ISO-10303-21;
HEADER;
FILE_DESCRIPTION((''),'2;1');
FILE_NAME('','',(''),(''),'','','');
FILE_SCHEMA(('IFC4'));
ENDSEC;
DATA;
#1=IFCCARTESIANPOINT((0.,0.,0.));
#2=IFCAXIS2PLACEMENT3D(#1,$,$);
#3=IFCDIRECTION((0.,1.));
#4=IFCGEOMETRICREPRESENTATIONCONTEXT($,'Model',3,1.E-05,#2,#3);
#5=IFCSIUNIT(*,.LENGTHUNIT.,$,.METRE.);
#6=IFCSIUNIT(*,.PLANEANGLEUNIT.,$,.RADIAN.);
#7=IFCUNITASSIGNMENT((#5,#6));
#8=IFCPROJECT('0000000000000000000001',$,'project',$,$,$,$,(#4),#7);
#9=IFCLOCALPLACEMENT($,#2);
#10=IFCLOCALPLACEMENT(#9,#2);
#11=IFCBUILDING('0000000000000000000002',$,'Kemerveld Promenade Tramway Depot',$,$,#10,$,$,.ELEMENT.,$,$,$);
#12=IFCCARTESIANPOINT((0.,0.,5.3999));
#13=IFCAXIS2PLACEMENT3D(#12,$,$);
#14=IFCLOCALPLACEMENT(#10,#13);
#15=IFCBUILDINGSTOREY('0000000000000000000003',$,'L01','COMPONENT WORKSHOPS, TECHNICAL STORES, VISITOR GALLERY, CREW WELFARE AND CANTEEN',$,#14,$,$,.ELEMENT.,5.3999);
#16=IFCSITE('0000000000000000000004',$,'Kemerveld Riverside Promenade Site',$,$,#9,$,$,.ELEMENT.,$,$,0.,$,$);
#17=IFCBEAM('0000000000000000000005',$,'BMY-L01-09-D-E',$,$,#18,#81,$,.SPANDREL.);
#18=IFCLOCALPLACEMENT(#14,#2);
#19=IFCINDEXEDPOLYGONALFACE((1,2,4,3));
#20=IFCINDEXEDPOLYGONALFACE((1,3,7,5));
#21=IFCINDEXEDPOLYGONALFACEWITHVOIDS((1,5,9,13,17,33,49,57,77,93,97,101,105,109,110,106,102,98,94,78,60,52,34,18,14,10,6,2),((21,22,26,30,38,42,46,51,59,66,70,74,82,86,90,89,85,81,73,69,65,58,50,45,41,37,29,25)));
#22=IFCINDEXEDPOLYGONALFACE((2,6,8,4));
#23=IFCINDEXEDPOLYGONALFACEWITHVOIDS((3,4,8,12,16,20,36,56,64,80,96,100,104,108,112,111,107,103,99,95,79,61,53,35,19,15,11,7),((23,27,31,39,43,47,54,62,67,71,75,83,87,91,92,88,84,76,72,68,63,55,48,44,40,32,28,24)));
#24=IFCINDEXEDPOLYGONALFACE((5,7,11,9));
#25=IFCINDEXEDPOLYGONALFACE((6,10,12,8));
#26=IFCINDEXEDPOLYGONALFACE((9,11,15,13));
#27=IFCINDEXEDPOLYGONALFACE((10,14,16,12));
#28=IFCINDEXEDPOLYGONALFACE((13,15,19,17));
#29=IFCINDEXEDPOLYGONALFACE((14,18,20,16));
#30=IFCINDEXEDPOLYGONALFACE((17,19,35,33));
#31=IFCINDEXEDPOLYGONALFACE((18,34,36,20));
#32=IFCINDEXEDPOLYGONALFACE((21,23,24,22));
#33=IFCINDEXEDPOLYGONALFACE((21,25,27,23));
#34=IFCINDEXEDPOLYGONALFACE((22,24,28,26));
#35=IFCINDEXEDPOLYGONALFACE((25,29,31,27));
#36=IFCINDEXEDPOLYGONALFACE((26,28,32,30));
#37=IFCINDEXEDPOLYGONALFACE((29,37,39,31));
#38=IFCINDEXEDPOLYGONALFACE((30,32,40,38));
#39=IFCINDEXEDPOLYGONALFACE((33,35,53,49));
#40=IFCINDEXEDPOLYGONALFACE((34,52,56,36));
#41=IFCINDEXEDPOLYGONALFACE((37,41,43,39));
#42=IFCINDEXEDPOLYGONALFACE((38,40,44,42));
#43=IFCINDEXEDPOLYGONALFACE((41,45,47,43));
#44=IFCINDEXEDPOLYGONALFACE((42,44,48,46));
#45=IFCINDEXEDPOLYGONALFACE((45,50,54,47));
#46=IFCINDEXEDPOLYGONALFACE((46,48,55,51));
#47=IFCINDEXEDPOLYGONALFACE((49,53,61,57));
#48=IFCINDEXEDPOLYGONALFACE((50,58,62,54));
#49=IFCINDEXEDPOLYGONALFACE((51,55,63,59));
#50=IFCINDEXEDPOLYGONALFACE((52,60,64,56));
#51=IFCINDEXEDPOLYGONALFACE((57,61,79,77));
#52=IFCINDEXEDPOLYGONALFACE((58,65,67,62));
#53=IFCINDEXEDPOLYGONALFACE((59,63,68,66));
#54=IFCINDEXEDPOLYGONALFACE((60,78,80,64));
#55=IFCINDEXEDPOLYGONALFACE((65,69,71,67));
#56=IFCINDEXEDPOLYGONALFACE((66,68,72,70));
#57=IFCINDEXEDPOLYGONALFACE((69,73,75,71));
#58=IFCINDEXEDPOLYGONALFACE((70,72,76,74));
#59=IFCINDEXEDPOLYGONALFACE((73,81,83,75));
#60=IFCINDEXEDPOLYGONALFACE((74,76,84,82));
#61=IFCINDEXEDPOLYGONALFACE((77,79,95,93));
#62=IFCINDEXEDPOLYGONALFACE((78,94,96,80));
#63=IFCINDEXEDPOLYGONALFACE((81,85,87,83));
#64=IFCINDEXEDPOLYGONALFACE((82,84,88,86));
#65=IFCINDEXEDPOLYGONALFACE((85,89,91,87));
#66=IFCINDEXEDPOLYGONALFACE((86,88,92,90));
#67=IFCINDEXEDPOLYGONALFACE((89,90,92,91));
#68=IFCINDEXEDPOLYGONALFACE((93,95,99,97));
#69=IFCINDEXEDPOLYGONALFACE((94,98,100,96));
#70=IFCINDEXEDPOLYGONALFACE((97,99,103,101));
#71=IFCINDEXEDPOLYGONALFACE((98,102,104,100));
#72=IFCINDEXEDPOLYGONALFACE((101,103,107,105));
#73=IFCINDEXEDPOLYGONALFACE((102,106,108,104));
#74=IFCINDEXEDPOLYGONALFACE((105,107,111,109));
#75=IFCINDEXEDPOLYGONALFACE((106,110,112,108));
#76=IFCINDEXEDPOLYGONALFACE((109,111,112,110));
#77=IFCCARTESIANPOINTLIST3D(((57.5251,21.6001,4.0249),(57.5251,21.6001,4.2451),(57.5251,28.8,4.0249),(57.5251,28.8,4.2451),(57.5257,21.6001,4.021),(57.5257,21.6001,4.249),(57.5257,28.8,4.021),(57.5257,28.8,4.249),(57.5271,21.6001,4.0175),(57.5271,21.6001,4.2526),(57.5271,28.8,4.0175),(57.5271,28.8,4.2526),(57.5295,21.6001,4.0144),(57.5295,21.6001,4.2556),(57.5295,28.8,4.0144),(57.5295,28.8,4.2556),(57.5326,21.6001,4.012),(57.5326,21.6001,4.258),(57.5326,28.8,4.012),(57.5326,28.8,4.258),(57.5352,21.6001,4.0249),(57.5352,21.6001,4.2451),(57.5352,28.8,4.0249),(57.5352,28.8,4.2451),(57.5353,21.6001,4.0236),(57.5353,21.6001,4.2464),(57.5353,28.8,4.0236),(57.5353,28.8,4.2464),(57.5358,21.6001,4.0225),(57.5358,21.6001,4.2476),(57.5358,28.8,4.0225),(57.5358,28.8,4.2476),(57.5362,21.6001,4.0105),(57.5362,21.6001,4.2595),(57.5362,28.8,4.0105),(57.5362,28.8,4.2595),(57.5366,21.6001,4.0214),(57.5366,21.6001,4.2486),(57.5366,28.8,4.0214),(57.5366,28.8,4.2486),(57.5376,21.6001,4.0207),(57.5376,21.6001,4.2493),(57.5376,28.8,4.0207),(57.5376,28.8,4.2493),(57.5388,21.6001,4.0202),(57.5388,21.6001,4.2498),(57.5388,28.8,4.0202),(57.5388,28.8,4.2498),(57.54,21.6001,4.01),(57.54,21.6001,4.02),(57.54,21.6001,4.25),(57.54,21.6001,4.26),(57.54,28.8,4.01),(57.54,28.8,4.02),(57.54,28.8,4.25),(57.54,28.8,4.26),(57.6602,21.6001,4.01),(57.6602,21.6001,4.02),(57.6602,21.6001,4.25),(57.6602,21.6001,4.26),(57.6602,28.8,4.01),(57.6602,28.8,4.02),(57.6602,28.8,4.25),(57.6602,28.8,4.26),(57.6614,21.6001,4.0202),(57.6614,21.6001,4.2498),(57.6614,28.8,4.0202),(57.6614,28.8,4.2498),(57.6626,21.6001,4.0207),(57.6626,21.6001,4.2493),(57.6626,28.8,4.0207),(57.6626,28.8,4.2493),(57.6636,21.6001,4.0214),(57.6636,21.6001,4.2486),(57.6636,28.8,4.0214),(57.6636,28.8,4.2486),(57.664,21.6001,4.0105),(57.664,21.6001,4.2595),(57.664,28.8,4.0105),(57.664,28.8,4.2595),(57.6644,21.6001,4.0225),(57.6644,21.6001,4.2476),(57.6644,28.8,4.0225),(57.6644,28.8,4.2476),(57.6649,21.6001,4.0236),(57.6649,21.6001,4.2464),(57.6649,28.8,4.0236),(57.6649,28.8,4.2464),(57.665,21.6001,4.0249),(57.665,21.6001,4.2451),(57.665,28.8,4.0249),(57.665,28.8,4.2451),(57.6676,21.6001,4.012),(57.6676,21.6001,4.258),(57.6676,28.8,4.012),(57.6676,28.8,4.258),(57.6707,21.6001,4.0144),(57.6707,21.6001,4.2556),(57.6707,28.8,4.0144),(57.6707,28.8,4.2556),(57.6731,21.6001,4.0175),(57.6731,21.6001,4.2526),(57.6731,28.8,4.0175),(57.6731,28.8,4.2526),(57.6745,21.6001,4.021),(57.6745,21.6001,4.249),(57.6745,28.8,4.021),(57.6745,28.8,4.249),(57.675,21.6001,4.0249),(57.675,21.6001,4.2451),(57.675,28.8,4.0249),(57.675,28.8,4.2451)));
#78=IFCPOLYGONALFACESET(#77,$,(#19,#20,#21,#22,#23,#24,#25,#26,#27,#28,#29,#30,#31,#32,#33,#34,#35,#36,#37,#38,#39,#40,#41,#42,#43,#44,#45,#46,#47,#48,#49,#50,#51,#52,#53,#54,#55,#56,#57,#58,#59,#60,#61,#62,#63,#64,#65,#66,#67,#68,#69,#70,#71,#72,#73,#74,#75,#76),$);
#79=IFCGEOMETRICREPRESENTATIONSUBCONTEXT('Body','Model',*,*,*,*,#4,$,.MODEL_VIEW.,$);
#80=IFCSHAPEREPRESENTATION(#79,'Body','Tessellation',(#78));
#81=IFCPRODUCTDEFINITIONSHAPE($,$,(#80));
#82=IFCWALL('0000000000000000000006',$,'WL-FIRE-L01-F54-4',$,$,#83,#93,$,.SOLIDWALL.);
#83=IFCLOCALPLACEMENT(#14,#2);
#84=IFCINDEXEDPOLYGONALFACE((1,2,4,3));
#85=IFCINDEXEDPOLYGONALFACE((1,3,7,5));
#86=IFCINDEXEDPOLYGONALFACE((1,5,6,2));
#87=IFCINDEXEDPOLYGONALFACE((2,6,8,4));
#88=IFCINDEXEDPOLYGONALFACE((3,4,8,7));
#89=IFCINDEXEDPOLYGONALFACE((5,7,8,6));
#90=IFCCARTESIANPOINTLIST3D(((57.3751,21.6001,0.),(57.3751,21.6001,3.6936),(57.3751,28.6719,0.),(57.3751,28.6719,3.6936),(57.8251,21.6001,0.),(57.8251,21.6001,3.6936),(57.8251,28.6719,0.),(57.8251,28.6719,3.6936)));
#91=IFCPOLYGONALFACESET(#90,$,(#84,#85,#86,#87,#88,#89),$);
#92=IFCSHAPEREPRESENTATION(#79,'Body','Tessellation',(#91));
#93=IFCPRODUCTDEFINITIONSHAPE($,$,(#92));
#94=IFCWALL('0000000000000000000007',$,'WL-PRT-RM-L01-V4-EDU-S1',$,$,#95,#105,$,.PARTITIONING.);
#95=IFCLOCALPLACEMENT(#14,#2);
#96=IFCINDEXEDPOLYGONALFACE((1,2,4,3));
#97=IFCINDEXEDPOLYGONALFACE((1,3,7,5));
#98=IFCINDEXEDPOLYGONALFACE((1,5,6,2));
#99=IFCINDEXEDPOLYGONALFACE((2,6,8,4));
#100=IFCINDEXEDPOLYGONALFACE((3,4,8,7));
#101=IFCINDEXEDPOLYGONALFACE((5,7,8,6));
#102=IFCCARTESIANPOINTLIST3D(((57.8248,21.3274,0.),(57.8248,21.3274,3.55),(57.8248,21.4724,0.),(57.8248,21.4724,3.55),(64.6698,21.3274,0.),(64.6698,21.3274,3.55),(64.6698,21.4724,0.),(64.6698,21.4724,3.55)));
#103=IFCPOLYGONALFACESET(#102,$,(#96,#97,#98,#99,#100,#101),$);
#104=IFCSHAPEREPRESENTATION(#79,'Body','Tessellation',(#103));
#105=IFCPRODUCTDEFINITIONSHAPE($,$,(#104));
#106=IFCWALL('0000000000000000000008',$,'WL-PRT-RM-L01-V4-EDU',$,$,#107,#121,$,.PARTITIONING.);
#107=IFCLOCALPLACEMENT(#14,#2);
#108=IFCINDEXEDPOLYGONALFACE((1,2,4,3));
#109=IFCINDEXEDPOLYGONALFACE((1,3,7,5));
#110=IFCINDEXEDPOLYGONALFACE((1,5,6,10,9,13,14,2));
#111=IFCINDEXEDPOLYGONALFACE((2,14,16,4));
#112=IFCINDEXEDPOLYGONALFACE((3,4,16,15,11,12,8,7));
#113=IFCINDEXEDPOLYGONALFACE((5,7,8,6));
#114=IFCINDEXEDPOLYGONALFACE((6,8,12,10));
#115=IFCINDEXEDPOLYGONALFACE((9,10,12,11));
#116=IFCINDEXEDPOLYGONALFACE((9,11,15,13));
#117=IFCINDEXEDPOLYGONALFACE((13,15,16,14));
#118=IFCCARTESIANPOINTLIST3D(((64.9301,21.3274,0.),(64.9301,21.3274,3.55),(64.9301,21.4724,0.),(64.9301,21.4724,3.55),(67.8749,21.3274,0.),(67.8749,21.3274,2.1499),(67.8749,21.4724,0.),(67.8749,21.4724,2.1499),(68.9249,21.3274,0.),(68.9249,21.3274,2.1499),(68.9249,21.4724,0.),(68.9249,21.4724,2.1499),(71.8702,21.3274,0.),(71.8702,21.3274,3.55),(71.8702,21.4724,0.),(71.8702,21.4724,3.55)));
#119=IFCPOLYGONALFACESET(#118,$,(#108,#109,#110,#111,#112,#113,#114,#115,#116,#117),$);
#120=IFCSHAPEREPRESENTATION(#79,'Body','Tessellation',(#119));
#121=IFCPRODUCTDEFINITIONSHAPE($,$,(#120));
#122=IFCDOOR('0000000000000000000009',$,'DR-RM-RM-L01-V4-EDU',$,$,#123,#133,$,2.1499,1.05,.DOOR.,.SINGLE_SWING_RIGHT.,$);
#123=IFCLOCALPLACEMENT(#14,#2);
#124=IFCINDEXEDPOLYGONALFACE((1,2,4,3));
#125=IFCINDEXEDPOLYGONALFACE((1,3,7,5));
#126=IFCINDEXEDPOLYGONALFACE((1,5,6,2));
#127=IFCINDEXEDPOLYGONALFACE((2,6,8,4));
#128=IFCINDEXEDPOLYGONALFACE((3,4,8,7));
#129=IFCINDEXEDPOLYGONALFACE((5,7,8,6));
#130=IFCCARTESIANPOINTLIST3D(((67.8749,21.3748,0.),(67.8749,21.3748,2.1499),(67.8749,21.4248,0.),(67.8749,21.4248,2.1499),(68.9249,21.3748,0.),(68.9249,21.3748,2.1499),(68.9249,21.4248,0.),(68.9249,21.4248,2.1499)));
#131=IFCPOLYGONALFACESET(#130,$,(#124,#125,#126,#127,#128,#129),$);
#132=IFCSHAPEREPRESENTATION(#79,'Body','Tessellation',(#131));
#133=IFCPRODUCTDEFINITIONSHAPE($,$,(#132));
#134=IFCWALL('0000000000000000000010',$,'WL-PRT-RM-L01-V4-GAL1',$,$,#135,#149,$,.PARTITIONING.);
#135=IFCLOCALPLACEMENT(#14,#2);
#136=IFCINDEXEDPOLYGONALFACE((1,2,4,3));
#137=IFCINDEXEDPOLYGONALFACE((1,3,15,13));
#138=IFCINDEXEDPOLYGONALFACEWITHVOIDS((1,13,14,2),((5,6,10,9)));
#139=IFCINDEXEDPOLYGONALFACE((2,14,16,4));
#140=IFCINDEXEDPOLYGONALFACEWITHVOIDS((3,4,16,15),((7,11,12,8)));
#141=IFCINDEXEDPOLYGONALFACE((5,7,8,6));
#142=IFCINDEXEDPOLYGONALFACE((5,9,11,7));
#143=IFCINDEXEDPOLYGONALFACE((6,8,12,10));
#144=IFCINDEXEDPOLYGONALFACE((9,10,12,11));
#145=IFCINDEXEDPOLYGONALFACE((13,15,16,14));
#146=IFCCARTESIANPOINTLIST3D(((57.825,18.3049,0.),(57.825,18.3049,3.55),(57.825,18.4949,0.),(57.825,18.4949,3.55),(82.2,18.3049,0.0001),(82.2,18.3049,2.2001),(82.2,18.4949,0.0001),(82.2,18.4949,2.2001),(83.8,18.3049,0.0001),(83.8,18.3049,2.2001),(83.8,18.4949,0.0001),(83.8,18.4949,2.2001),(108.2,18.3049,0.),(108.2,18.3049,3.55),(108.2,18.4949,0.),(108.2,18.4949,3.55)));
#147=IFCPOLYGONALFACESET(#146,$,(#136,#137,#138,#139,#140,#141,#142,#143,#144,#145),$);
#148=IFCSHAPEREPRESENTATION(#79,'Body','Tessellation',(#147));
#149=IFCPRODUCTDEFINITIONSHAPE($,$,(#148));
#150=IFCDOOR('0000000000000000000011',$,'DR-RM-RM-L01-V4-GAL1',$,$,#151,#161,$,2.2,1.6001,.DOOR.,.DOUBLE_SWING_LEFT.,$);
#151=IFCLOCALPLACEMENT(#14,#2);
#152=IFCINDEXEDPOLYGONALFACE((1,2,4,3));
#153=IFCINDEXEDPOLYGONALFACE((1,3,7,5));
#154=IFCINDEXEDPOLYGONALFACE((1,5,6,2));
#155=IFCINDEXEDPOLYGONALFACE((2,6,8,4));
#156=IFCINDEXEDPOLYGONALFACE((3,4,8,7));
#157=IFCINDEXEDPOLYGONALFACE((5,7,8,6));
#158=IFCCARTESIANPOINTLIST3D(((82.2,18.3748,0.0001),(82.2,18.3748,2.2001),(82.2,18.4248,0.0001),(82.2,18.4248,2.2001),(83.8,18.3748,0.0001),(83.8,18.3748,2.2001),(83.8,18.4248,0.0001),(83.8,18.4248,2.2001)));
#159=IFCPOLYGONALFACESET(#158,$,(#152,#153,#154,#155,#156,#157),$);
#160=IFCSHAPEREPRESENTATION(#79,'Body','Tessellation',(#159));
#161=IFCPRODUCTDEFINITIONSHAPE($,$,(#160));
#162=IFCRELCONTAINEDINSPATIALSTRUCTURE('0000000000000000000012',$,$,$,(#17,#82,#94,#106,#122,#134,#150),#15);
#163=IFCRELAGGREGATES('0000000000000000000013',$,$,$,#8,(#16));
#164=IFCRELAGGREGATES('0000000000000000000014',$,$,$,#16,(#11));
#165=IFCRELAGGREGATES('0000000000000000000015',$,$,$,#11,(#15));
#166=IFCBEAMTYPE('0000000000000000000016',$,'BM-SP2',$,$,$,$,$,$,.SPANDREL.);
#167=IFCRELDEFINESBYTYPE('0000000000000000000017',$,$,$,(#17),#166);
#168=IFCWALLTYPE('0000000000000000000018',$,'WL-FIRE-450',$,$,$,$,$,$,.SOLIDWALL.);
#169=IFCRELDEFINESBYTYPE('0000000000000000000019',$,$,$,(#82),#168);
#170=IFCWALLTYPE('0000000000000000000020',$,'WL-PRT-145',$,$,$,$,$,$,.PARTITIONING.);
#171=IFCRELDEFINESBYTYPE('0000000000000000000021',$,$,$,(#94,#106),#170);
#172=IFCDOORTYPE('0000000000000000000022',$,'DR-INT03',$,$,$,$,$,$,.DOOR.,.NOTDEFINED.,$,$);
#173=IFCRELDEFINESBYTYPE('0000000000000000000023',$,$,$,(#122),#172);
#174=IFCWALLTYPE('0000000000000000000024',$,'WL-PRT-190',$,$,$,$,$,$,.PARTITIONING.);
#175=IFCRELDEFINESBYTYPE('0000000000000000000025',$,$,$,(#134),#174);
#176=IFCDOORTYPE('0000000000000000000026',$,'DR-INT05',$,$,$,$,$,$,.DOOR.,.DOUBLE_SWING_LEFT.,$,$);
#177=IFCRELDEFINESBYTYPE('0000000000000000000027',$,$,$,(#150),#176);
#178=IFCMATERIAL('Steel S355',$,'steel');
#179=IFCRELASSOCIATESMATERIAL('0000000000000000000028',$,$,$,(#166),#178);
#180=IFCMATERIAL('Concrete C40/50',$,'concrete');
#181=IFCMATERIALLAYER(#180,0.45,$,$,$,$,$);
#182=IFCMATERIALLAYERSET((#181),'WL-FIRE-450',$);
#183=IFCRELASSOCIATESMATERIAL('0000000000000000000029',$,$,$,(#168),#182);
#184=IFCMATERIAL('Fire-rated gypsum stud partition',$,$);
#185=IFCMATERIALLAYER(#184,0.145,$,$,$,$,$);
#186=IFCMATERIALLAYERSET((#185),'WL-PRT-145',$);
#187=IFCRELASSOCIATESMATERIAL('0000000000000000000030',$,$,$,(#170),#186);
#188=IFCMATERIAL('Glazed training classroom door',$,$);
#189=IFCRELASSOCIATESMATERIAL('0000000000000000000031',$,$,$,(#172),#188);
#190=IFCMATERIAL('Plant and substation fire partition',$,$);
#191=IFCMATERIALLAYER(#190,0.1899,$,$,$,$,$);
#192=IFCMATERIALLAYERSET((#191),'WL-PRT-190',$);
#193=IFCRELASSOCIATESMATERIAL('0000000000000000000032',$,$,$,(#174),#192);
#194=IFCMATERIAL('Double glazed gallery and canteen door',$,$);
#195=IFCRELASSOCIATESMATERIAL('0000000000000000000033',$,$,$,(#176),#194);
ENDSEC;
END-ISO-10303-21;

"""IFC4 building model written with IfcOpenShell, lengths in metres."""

from ifc_helpers import new_model, si_unit, direction, frame, frame_2d, origin, origin_2d, place, context, subcontext, project, spatial, rectangle, hollow_rectangle, extrude, material, layer, layer_set, material_profile, profile_set, type_object, element, fill, save


model = new_model("IFC4")

# Units and contexts
model_context = context("Model", 3, precision=1e-05, world=origin(), true_north=direction((0.0, 1.0)))
body_context = subcontext(model_context, "Body", "Model", "MODEL_VIEW")
ifc_project = project(units=[si_unit("LENGTHUNIT", "METRE"), si_unit("PLANEANGLEUNIT", "RADIAN")], contexts=[model_context])

# Site, building, storey
site_placement = place(None, origin())
site = spatial("IfcSite", under=ifc_project, at=site_placement, Name="Kemerveld Riverside Promenade Site", CompositionType="ELEMENT", RefElevation=0.0)
building_placement = place(site_placement, origin())
building = spatial("IfcBuilding", under=site, at=building_placement, Name="Kemerveld Promenade Tramway Depot", CompositionType="ELEMENT")
storey_placement = place(building_placement, frame((0.0, 0.0, 5.3999)))
storey = spatial("IfcBuildingStorey", under=building, at=storey_placement, Name="L01", Description="COMPONENT WORKSHOPS, TECHNICAL STORES, VISITOR GALLERY, CREW WELFARE AND CANTEEN", CompositionType="ELEMENT", Elevation=5.3999)

# Shared definitions
ifc_material_1 = material(Name="Steel S355", Category="steel")

# Beam
ifc_material_profile_1 = material_profile(ifc_material_1, hollow_rectangle(XDim=0.1499, YDim=0.25, WallThickness=0.01, InnerFilletRadius=0.0049, OuterFilletRadius=0.0149, at=origin_2d()), Name="250x150x10.0 RHS")
ifc_profile_set_1 = profile_set([ifc_material_profile_1], Name="Steel S355")
beam_type_1 = type_object("IfcBeamType", Name="BM-SP2", PredefinedType="SPANDREL", material=ifc_profile_set_1)
beam_1_placement = place(storey_placement, frame((57.6001, 21.6001, 4.135), z_axis=(0.0, 1.0, 0.0), x_axis=(-1.0, 0.0, 0.0)))
element("IfcBeam", 1, at=beam_1_placement, inside=storey, type_object=beam_type_1, Name="BMY-L01-09-D-E", PredefinedType="SPANDREL", context=body_context, shape_type="SweptSolid", body=[
    extrude(hollow_rectangle(XDim=0.1499, YDim=0.25, WallThickness=0.01, InnerFilletRadius=0.0049, OuterFilletRadius=0.0149, at=origin_2d()), origin(), (0.0, 0.0, 1.0), 7.2),
])

# Shared definitions
ifc_material_2 = material(Name="Concrete C40/50", Category="concrete")
ifc_layer_1 = layer(ifc_material_2, 0.45)
ifc_layer_set_1 = layer_set([ifc_layer_1], Name="WL-FIRE-450")
wall_type_1 = type_object("IfcWallType", Name="WL-FIRE-450", PredefinedType="SOLIDWALL", material=ifc_layer_set_1)

# Walls
wall_1_placement = place(storey_placement, frame((57.6001, 21.6001, 0.0), z_axis=(0.0, 0.0, 1.0), x_axis=(0.0, 1.0, 0.0)))
element("IfcWall", 2, at=wall_1_placement, inside=storey, type_object=wall_type_1, Name="WL-FIRE-L01-F54-4", PredefinedType="SOLIDWALL", context=body_context, shape_type="SweptSolid", body=[
    extrude(rectangle(XDim=7.0718, YDim=0.45, at=frame_2d((3.5359, 0.0))), origin(), (0.0, 0.0, 1.0), 3.6936),
])
ifc_material_3 = material(Name="Fire-rated gypsum stud partition")
ifc_layer_2 = layer(ifc_material_3, 0.145)
ifc_layer_set_2 = layer_set([ifc_layer_2], Name="WL-PRT-145")
wall_type_2 = type_object("IfcWallType", Name="WL-PRT-145", PredefinedType="PARTITIONING", material=ifc_layer_set_2)
wall_2_placement = place(storey_placement, frame((57.825, 21.3999, 0.0), z_axis=(0.0, 0.0, 1.0), x_axis=(1.0, 0.0, 0.0)))
element("IfcWall", 3, at=wall_2_placement, inside=storey, type_object=wall_type_2, Name="WL-PRT-RM-L01-V4-EDU-S1", PredefinedType="PARTITIONING", context=body_context, shape_type="SweptSolid", body=[
    extrude(rectangle(XDim=6.845, YDim=0.145, at=frame_2d((3.4224, 0.0))), origin(), (0.0, 0.0, 1.0), 3.55),
])

# Walls, openings, doors
wall_3_placement = place(storey_placement, frame((64.9299, 21.3999, 0.0), z_axis=(0.0, 0.0, 1.0), x_axis=(1.0, 0.0, 0.0)))
wall_3 = element("IfcWall", 4, at=wall_3_placement, inside=storey, type_object=wall_type_2, Name="WL-PRT-RM-L01-V4-EDU", PredefinedType="PARTITIONING", context=body_context, shape_type="SweptSolid", body=[
    extrude(rectangle(XDim=6.9402, YDim=0.145, at=frame_2d((3.4702, 0.0))), origin(), (0.0, 0.0, 1.0), 3.55),
])
opening_1_placement = place(wall_3_placement, frame((2.9451, 0.0, 0.0)))
opening_1 = element("IfcOpeningElement", 5, at=opening_1_placement, cuts=wall_3, PredefinedType="OPENING", context=body_context, shape_type="SweptSolid", body=[
    extrude(rectangle(XDim=1.05, YDim=2.1499, at=frame_2d((0.5249, 1.075))), frame((0.0, 0.0825, 0.0), z_axis=(0.0, -1.0, 0.0), x_axis=(1.0, 0.0, 0.0)), (0.0, 0.0, 1.0), 0.165),
])
ifc_material_4 = material(Name="Glazed training classroom door")
door_type_1 = type_object("IfcDoorType", Name="DR-INT03", OperationType="NOTDEFINED", PredefinedType="DOOR", material=ifc_material_4)
door_1_placement = place(opening_1_placement, origin())
door_1 = element("IfcDoor", 6, at=door_1_placement, inside=storey, type_object=door_type_1, Name="DR-RM-RM-L01-V4-EDU", OperationType="SINGLE_SWING_RIGHT", OverallHeight=2.1499, OverallWidth=1.05, PredefinedType="DOOR", context=body_context, shape_type="SweptSolid", body=[
    extrude(rectangle(XDim=1.05, YDim=2.1499, at=frame_2d((0.5249, 1.075))), frame((0.0, 0.0249, 0.0), z_axis=(0.0, -1.0, 0.0), x_axis=(1.0, 0.0, 0.0)), (0.0, 0.0, 1.0), 0.05),
])
fill(opening_1, door_1)
ifc_material_5 = material(Name="Plant and substation fire partition")
ifc_layer_3 = layer(ifc_material_5, 0.1899)
ifc_layer_set_3 = layer_set([ifc_layer_3], Name="WL-PRT-190")
wall_type_3 = type_object("IfcWallType", Name="WL-PRT-190", PredefinedType="PARTITIONING", material=ifc_layer_set_3)
wall_4_placement = place(storey_placement, frame((57.825, 18.3999, 0.0), z_axis=(0.0, 0.0, 1.0), x_axis=(1.0, 0.0, 0.0)))
wall_4 = element("IfcWall", 7, at=wall_4_placement, inside=storey, type_object=wall_type_3, Name="WL-PRT-RM-L01-V4-GAL1", PredefinedType="PARTITIONING", context=body_context, shape_type="SweptSolid", body=[
    extrude(rectangle(XDim=50.375, YDim=0.1899, at=frame_2d((25.1875, 0.0))), origin(), (0.0, 0.0, 1.0), 3.55),
])
opening_2_placement = place(wall_4_placement, frame((24.375, 0.0, 0.0)))
opening_2 = element("IfcOpeningElement", 8, at=opening_2_placement, cuts=wall_4, PredefinedType="OPENING", context=body_context, shape_type="SweptSolid", body=[
    extrude(rectangle(XDim=1.6001, YDim=2.2, at=frame_2d((0.8, 1.1001))), frame((0.0, 0.105, 0.0), z_axis=(0.0, -1.0, 0.0), x_axis=(1.0, 0.0, 0.0)), (0.0, 0.0, 1.0), 0.21),
])
ifc_material_6 = material(Name="Double glazed gallery and canteen door")
door_type_2 = type_object("IfcDoorType", Name="DR-INT05", OperationType="DOUBLE_SWING_LEFT", PredefinedType="DOOR", material=ifc_material_6)
door_2_placement = place(opening_2_placement, origin())
door_2 = element("IfcDoor", 9, at=door_2_placement, inside=storey, type_object=door_type_2, Name="DR-RM-RM-L01-V4-GAL1", OperationType="DOUBLE_SWING_LEFT", OverallHeight=2.2, OverallWidth=1.6001, PredefinedType="DOOR", context=body_context, shape_type="SweptSolid", body=[
    extrude(rectangle(XDim=1.6001, YDim=2.2, at=frame_2d((0.8, 1.1001))), frame((0.0, 0.0249, 0.0), z_axis=(0.0, -1.0, 0.0), x_axis=(1.0, 0.0, 0.0)), (0.0, 0.0, 1.0), 0.05),
])
fill(opening_2, door_2)

save(model, "model.ifc")
